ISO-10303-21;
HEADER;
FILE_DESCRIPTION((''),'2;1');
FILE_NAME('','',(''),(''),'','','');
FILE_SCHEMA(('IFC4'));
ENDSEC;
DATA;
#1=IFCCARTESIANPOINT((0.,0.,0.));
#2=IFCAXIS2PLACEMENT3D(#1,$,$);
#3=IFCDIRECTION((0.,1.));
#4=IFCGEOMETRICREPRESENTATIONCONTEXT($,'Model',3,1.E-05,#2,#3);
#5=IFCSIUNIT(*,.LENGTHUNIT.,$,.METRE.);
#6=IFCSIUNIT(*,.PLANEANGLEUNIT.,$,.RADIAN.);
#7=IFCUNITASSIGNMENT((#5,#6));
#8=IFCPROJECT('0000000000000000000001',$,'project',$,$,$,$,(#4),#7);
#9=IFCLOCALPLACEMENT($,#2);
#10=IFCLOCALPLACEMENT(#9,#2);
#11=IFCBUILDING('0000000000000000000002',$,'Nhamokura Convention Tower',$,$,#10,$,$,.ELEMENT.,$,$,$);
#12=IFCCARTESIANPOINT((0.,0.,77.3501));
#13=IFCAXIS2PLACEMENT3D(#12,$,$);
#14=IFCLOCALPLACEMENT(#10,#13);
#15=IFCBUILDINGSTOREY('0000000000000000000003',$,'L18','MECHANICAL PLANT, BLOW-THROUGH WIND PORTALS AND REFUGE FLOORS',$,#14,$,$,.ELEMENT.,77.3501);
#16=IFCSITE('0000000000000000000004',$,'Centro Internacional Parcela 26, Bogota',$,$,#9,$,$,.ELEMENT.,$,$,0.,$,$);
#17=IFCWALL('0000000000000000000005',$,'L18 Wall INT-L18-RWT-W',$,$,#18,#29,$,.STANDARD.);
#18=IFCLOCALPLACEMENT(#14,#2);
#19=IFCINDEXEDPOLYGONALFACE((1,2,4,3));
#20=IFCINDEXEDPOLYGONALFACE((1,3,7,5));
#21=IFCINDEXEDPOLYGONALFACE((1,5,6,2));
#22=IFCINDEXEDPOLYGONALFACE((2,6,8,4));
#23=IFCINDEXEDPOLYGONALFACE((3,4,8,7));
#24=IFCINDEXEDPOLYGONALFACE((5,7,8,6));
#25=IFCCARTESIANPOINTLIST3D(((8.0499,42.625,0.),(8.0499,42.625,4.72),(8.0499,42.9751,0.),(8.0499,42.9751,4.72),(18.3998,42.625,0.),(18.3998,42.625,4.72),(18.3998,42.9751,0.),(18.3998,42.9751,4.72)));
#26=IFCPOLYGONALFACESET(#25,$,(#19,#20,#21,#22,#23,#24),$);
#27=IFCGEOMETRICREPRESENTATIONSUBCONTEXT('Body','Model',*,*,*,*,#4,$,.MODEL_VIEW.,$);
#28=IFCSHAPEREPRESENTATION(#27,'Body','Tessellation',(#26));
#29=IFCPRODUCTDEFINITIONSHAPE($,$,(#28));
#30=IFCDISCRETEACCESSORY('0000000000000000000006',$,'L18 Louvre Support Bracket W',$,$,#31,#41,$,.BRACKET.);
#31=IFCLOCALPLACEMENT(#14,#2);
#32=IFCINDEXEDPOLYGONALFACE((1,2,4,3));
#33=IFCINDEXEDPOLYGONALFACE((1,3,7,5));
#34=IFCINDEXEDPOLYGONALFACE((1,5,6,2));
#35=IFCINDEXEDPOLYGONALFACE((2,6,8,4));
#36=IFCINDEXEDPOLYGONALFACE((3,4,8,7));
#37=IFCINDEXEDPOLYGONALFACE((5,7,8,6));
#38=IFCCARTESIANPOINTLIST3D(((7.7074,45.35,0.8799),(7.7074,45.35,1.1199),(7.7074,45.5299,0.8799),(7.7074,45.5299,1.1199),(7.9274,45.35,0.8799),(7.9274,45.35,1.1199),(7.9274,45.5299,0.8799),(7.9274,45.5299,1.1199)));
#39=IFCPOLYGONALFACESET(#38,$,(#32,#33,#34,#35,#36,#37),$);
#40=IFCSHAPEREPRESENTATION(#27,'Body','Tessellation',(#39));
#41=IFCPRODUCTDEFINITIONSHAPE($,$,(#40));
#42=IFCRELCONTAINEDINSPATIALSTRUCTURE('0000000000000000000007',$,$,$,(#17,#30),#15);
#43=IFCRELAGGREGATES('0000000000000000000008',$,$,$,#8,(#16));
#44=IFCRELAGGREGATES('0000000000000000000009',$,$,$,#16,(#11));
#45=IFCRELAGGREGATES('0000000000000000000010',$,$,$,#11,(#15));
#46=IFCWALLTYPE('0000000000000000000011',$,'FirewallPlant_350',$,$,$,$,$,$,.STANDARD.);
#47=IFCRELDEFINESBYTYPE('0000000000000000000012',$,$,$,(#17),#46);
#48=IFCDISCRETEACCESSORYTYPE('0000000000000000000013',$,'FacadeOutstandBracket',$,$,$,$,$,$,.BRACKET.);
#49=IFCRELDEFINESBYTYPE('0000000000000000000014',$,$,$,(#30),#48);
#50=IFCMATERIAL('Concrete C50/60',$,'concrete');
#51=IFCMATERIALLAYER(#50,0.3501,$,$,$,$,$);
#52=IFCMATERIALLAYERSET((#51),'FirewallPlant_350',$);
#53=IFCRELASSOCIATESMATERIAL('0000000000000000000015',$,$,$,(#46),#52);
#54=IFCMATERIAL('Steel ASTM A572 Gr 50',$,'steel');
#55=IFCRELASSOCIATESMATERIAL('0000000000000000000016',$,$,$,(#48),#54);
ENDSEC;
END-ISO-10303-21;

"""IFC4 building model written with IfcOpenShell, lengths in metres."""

from ifc_helpers import new_model, si_unit, direction, frame, frame_2d, origin, origin_2d, place, context, subcontext, project, spatial, rectangle, extrude, material, layer, layer_set, type_object, element, save


model = new_model("IFC4")

# Units and contexts
model_context = context("Model", 3, precision=1e-05, world=origin(), true_north=direction((0.0, 1.0)))
body_context = subcontext(model_context, "Body", "Model", "MODEL_VIEW")
ifc_project = project(units=[si_unit("LENGTHUNIT", "METRE"), si_unit("PLANEANGLEUNIT", "RADIAN")], contexts=[model_context])

# Site, building, storey
site_placement = place(None, origin())
site = spatial("IfcSite", under=ifc_project, at=site_placement, Name="Centro Internacional Parcela 26, Bogota", CompositionType="ELEMENT", RefElevation=0.0)
building_placement = place(site_placement, origin())
building = spatial("IfcBuilding", under=site, at=building_placement, Name="Nhamokura Convention Tower", CompositionType="ELEMENT")
storey_placement = place(building_placement, frame((0.0, 0.0, 77.3501)))
storey = spatial("IfcBuildingStorey", under=building, at=storey_placement, Name="L18", Description="MECHANICAL PLANT, BLOW-THROUGH WIND PORTALS AND REFUGE FLOORS", CompositionType="ELEMENT", Elevation=77.3501)

# Shared definitions
ifc_material_1 = material(Name="Concrete C50/60", Category="concrete")
ifc_layer_1 = layer(ifc_material_1, 0.3501)
ifc_layer_set_1 = layer_set([ifc_layer_1], Name="FirewallPlant_350")
wall_type = type_object("IfcWallType", Name="FirewallPlant_350", PredefinedType="STANDARD", material=ifc_layer_set_1)

# Wall
wall_1_placement = place(storey_placement, frame((8.05, 42.8, 0.0), z_axis=(0.0, 0.0, 1.0), x_axis=(1.0, 0.0, 0.0)))
element("IfcWall", 1, at=wall_1_placement, inside=storey, type_object=wall_type, Name="L18 Wall INT-L18-RWT-W", PredefinedType="STANDARD", context=body_context, shape_type="SweptSolid", body=[
    extrude(rectangle(XDim=10.3499, YDim=0.3501, at=frame_2d((5.1748, 0.0))), origin(), (0.0, 0.0, 1.0), 4.72),
])

# Discrete accessory
ifc_material_2 = material(Name="Steel ASTM A572 Gr 50", Category="steel")
discrete_accessory_type = type_object("IfcDiscreteAccessoryType", Name="FacadeOutstandBracket", PredefinedType="BRACKET", material=ifc_material_2)
discrete_accessory_placement = place(storey_placement, frame((7.8174, 45.4399, 0.8799), z_axis=(0.0, 0.0, 1.0), x_axis=(0.0, 1.0, 0.0)))
element("IfcDiscreteAccessory", 2, at=discrete_accessory_placement, inside=storey, type_object=discrete_accessory_type, Name="L18 Louvre Support Bracket W", PredefinedType="BRACKET", context=body_context, shape_type="SweptSolid", body=[
    extrude(rectangle(XDim=0.1799, YDim=0.22, at=origin_2d()), origin(), (0.0, 0.0, 1.0), 0.24),
])

save(model, "model.ifc")
